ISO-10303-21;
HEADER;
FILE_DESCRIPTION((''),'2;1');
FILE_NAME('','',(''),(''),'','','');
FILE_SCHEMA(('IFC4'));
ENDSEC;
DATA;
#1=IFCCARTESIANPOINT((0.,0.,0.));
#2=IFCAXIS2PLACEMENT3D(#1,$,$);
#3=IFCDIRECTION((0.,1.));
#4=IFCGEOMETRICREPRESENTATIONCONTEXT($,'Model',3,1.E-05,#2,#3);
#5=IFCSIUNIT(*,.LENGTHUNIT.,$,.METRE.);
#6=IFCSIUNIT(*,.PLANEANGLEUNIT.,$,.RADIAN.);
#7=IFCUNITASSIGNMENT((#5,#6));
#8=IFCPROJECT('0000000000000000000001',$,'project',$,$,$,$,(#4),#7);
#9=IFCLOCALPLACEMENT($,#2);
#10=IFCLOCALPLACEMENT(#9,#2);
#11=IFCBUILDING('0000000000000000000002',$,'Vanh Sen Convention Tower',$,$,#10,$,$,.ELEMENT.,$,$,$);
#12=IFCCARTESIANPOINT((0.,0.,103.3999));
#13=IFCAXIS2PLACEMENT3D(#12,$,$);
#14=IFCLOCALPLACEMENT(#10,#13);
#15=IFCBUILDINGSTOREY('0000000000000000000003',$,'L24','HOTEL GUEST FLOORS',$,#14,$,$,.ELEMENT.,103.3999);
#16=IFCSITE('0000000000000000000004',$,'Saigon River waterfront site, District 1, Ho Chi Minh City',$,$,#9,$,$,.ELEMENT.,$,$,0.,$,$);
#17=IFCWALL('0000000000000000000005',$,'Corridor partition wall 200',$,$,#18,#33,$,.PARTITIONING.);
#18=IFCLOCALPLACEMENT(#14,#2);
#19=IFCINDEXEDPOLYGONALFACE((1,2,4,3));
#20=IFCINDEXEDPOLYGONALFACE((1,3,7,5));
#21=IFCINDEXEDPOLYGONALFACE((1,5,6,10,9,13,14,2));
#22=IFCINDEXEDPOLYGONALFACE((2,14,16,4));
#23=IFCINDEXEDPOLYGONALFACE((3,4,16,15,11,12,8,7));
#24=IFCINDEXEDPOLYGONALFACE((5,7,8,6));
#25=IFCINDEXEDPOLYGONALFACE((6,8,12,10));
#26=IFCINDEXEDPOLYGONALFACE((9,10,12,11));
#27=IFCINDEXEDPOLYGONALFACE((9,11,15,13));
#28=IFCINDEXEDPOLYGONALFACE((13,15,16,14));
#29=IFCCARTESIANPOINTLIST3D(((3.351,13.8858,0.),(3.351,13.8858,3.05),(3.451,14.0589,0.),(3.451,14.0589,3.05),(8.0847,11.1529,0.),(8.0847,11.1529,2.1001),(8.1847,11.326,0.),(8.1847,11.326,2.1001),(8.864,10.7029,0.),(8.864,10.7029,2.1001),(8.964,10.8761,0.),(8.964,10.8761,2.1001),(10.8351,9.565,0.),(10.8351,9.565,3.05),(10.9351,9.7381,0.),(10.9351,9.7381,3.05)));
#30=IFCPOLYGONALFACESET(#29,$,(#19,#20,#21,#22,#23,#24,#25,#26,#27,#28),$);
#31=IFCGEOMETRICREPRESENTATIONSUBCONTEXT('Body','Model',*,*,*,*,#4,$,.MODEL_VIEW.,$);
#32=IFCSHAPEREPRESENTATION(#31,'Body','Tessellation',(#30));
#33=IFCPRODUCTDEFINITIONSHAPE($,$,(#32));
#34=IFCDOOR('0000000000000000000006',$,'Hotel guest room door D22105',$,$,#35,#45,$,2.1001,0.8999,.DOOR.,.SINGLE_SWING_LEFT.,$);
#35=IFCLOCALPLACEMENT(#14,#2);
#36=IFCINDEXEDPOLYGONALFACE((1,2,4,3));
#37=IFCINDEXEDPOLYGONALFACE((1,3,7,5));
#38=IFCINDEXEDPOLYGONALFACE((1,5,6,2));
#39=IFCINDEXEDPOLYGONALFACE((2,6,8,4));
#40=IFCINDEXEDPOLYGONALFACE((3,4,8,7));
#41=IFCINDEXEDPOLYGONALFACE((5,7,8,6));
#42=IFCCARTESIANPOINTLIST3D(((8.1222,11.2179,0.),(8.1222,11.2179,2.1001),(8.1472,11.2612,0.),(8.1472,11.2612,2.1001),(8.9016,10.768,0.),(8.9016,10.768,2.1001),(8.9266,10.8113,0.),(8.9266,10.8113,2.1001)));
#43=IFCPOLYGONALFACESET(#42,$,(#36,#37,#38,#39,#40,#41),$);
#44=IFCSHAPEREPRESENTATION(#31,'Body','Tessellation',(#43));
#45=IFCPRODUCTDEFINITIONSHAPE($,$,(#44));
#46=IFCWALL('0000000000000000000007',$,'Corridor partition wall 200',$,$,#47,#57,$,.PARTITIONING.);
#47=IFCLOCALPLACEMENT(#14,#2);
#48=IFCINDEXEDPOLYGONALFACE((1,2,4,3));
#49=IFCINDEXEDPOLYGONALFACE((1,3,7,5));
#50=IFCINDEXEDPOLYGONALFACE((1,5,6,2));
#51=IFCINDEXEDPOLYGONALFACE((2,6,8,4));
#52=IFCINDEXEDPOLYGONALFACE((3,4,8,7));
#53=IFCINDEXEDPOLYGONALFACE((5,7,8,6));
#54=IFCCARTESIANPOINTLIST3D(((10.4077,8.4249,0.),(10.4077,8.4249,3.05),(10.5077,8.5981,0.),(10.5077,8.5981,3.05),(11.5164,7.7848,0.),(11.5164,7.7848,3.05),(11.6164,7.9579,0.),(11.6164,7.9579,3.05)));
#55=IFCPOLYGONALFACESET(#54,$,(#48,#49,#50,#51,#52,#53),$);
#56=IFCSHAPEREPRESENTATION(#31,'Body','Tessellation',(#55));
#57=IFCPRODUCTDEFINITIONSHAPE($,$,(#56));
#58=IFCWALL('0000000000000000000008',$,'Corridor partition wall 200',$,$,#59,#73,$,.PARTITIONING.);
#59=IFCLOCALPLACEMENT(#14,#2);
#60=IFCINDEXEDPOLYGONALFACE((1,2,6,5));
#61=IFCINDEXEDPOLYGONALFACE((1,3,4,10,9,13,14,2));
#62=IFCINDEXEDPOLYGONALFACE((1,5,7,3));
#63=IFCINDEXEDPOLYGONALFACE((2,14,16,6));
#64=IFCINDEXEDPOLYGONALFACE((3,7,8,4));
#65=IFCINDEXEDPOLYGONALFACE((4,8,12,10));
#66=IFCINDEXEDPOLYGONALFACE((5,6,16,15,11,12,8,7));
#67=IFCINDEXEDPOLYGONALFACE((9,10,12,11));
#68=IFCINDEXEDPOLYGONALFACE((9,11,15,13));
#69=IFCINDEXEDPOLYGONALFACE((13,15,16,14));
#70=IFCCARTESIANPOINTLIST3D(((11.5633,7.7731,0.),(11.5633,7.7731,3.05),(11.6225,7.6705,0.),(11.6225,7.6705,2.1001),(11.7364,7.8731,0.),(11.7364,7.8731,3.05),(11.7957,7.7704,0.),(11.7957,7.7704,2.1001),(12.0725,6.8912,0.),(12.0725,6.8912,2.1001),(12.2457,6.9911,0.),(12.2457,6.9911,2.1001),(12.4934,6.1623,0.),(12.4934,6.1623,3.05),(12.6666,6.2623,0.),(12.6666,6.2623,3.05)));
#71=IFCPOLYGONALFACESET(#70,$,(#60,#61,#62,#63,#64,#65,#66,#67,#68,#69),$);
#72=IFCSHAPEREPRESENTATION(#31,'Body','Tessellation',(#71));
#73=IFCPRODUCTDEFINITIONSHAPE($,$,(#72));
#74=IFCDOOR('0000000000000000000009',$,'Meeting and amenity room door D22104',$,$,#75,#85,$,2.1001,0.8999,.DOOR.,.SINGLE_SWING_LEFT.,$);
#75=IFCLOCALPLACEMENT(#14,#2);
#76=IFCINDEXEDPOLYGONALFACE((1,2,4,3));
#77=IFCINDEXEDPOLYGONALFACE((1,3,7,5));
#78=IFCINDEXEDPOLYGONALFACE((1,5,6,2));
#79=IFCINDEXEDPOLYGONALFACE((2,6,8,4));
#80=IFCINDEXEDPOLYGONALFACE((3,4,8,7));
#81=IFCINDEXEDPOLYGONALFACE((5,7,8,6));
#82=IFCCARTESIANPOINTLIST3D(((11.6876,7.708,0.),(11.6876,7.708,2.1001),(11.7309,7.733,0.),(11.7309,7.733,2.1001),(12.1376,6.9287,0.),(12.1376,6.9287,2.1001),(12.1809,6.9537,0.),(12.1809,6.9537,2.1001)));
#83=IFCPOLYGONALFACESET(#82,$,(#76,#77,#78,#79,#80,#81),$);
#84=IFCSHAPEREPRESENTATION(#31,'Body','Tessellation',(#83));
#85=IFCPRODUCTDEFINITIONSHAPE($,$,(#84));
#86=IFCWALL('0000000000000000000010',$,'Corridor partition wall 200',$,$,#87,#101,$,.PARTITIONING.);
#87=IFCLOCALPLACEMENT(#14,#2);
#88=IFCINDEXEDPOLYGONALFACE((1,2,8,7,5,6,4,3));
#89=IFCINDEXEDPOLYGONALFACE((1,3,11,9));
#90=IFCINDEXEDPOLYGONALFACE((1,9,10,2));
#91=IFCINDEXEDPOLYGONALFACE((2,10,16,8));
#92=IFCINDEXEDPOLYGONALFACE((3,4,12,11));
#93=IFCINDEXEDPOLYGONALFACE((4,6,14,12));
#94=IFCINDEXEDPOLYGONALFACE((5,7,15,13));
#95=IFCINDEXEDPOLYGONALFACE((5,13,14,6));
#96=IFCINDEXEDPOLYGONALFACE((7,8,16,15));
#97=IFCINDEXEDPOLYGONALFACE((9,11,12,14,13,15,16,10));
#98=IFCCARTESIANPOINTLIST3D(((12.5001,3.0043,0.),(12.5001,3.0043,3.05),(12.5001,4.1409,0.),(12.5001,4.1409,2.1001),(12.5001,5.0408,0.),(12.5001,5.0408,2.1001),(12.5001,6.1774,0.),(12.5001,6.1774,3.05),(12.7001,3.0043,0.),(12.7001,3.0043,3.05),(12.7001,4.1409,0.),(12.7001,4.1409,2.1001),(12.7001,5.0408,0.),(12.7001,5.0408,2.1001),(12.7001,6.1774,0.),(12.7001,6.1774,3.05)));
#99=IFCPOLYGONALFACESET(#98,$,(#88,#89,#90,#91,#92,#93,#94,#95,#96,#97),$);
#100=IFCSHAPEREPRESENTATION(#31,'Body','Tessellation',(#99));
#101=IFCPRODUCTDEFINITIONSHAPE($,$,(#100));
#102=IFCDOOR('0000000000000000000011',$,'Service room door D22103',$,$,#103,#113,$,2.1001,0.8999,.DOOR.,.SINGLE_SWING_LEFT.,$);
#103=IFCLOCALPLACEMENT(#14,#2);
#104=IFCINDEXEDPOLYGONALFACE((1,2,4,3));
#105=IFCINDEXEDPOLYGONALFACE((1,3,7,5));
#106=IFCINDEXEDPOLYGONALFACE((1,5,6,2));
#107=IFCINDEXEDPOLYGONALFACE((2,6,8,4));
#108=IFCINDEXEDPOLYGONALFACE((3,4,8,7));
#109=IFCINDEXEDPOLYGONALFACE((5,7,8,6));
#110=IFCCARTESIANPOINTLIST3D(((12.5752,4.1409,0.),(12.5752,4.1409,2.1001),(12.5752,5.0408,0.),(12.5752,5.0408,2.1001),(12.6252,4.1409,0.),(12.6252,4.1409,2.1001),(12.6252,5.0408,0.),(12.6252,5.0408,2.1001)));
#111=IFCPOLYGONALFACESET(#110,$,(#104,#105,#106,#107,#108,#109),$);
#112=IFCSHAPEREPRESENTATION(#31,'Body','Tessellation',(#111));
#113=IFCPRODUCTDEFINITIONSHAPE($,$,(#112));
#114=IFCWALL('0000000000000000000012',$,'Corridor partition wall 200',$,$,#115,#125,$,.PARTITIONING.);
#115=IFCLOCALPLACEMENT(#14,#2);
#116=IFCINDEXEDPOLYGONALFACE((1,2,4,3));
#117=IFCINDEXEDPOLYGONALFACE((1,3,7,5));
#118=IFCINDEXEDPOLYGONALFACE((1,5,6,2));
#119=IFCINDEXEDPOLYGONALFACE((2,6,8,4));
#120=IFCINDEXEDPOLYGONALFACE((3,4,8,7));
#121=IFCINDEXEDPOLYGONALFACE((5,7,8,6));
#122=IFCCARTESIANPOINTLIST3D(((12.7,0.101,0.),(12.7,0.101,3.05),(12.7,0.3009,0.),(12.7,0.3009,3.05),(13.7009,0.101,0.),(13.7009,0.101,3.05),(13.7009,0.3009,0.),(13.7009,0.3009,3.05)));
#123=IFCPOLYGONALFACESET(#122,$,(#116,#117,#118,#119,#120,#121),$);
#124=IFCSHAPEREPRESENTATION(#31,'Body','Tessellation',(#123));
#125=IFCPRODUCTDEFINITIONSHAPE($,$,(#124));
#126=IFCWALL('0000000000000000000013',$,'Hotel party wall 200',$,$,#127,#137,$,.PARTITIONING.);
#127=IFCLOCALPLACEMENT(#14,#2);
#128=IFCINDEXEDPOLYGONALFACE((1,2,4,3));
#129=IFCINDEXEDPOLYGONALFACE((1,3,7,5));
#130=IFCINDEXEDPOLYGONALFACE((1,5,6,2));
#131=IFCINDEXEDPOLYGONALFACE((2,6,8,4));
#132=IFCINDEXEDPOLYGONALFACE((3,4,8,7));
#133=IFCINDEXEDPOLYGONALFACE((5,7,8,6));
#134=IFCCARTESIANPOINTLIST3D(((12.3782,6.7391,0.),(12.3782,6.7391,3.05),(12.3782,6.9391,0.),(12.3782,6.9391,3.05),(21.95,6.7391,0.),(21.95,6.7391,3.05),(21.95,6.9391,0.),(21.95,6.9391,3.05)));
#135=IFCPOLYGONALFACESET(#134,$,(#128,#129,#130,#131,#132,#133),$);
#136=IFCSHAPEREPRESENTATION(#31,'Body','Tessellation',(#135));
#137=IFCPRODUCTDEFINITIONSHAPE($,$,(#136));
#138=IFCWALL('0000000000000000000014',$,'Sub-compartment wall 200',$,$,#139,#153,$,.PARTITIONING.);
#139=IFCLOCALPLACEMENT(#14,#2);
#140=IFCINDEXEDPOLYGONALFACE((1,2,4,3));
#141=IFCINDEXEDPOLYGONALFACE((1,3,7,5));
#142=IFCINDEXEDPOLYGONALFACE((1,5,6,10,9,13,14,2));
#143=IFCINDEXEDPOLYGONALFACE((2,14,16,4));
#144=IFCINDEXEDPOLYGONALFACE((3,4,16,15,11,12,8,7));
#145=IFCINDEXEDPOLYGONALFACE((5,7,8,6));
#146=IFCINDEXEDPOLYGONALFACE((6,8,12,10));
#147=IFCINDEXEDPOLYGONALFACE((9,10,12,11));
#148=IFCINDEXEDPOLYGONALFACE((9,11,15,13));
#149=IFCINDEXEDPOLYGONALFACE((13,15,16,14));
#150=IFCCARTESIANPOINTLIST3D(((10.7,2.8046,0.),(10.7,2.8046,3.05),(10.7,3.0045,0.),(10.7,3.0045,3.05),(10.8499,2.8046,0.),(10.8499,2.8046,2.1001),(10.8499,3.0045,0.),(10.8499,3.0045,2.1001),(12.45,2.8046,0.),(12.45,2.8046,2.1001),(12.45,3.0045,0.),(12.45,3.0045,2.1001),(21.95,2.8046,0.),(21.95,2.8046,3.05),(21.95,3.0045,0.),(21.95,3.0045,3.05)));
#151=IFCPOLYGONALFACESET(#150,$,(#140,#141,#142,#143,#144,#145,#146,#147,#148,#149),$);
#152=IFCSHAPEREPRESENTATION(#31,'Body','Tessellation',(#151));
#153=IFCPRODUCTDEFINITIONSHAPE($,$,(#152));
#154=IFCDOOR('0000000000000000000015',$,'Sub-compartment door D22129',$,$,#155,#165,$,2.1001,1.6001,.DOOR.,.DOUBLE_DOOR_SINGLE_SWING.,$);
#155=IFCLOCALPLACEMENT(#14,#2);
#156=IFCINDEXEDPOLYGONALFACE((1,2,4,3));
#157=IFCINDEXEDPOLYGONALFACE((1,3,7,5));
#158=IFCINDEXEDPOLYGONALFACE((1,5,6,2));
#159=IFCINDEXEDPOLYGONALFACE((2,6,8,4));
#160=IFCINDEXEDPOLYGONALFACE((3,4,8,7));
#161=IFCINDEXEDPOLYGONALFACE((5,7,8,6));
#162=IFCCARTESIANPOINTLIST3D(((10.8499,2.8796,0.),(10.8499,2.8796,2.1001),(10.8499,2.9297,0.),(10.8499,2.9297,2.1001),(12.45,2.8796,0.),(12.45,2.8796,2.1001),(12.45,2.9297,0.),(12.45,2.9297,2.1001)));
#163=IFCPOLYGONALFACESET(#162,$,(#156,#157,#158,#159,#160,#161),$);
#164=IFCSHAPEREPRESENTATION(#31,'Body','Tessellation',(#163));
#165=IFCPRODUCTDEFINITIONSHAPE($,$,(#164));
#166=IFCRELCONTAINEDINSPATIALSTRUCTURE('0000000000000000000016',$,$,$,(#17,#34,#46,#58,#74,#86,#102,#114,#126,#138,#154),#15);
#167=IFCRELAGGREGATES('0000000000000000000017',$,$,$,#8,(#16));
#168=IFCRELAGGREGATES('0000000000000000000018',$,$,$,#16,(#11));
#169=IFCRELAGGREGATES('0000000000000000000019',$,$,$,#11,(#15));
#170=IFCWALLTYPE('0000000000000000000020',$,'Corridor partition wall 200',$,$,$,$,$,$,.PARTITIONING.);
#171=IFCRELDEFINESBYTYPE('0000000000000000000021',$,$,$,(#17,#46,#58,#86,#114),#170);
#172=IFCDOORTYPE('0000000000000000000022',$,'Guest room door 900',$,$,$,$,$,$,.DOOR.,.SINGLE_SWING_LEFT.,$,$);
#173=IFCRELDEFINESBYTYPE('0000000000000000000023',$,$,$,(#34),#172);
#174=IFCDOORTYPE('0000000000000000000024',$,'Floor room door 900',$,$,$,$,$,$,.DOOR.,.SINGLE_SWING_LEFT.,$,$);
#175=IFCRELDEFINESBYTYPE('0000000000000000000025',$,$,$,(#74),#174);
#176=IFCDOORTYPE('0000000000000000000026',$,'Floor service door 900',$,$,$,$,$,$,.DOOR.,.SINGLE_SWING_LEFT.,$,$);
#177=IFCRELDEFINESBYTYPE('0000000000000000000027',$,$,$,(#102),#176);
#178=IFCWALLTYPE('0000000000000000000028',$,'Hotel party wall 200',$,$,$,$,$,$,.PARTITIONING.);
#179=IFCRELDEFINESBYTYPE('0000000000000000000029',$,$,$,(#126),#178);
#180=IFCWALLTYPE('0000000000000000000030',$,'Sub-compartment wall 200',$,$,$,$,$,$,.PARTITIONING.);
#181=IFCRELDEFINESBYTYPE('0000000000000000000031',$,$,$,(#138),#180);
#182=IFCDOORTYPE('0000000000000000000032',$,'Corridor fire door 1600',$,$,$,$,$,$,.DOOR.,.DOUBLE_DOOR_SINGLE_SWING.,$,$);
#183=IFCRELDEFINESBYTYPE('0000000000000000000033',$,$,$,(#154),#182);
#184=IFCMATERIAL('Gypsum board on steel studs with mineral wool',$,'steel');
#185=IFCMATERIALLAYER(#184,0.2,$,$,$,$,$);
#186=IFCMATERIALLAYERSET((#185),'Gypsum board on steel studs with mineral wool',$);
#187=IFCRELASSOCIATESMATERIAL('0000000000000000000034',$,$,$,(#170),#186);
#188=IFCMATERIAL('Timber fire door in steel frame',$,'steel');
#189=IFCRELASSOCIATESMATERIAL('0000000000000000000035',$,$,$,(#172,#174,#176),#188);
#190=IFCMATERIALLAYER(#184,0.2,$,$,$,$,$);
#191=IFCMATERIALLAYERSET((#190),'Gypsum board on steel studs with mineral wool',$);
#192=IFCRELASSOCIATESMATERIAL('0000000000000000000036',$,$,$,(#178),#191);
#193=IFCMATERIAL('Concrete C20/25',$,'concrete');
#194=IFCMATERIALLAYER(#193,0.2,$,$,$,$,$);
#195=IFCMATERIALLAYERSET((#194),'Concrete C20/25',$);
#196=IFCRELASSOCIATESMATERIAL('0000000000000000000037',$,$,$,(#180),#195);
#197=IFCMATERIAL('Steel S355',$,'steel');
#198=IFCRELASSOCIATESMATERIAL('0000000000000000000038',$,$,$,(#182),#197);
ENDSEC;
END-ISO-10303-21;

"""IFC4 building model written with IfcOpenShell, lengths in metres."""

from ifc_helpers import new_model, si_unit, direction, frame, frame_2d, origin, place, context, subcontext, project, spatial, rectangle, extrude, material, layer, layer_set, type_object, element, fill, save


model = new_model("IFC4")

# Units and contexts
model_context = context("Model", 3, precision=1e-05, world=origin(), true_north=direction((0.0, 1.0)))
body_context = subcontext(model_context, "Body", "Model", "MODEL_VIEW")
ifc_project = project(units=[si_unit("LENGTHUNIT", "METRE"), si_unit("PLANEANGLEUNIT", "RADIAN")], contexts=[model_context])

# Site, building, storey
site_placement = place(None, origin())
site = spatial("IfcSite", under=ifc_project, at=site_placement, Name="Saigon River waterfront site, District 1, Ho Chi Minh City", CompositionType="ELEMENT", RefElevation=0.0)
building_placement = place(site_placement, origin())
building = spatial("IfcBuilding", under=site, at=building_placement, Name="Vanh Sen Convention Tower", CompositionType="ELEMENT")
storey_placement = place(building_placement, frame((0.0, 0.0, 103.3999)))
storey = spatial("IfcBuildingStorey", under=building, at=storey_placement, Name="L24", Description="HOTEL GUEST FLOORS", CompositionType="ELEMENT", Elevation=103.3999)

# Wall, opening, door
ifc_material_1 = material(Name="Gypsum board on steel studs with mineral wool", Category="steel")
ifc_layer_1 = layer(ifc_material_1, 0.2)
ifc_layer_set_1 = layer_set([ifc_layer_1], Name="Gypsum board on steel studs with mineral wool")
wall_type_1 = type_object("IfcWallType", Name="Corridor partition wall 200", PredefinedType="PARTITIONING", material=ifc_layer_set_1)
wall_1_placement = place(storey_placement, frame((10.885, 9.6516, 0.0), z_axis=(0.0, 0.0, 1.0), x_axis=(-0.866034, 0.499986, 0.0)))
wall_1 = element("IfcWall", 1, at=wall_1_placement, inside=storey, type_object=wall_type_1, Name="Corridor partition wall 200", PredefinedType="PARTITIONING", context=body_context, shape_type="SweptSolid", body=[
    extrude(rectangle(XDim=8.6418, YDim=0.2, at=frame_2d((4.3208, 0.0))), origin(), (0.0, 0.0, 1.0), 3.05),
])
opening_1_placement = place(wall_1_placement, frame((2.2759, 0.0, 0.0)))
opening_1 = element("IfcOpeningElement", 2, at=opening_1_placement, cuts=wall_1, PredefinedType="OPENING", context=body_context, shape_type="SweptSolid", body=[
    extrude(rectangle(XDim=0.8999, YDim=2.1001, at=frame_2d((0.45, 1.05))), frame((0.0, 0.1099, 0.0), z_axis=(0.0, -1.0, 0.0), x_axis=(1.0, 0.0, 0.0)), (0.0, 0.0, 1.0), 0.22),
])
ifc_material_2 = material(Name="Timber fire door in steel frame", Category="steel")
door_type_1 = type_object("IfcDoorType", Name="Guest room door 900", OperationType="SINGLE_SWING_LEFT", PredefinedType="DOOR", material=ifc_material_2)
door_1_placement = place(opening_1_placement, origin())
door_1 = element("IfcDoor", 3, at=door_1_placement, inside=storey, type_object=door_type_1, Name="Hotel guest room door D22105", OperationType="SINGLE_SWING_LEFT", OverallHeight=2.1001, OverallWidth=0.8999, PredefinedType="DOOR", context=body_context, shape_type="SweptSolid", body=[
    extrude(rectangle(XDim=0.8999, YDim=2.1001, at=frame_2d((0.45, 1.05))), frame((0.0, 0.0249, 0.0), z_axis=(0.0, -1.0, 0.0), x_axis=(1.0, 0.0, 0.0)), (0.0, 0.0, 1.0), 0.05),
])
fill(opening_1, door_1)

# Wall
wall_2_placement = place(storey_placement, frame((11.5664, 7.8713, 0.0), z_axis=(0.0, 0.0, 1.0), x_axis=(-0.866005, 0.500036, 0.0)))
element("IfcWall", 4, at=wall_2_placement, inside=storey, type_object=wall_type_1, Name="Corridor partition wall 200", PredefinedType="PARTITIONING", context=body_context, shape_type="SweptSolid", body=[
    extrude(rectangle(XDim=1.2803, YDim=0.2, at=frame_2d((0.6401, 0.0))), origin(), (0.0, 0.0, 1.0), 3.05),
])

# Walls, openings, doors
wall_3_placement = place(storey_placement, frame((12.5801, 6.2122, 0.0), z_axis=(0.0, 0.0, 1.0), x_axis=(-0.500063, 0.865989, 0.0)))
wall_3 = element("IfcWall", 5, at=wall_3_placement, inside=storey, type_object=wall_type_1, Name="Corridor partition wall 200", PredefinedType="PARTITIONING", context=body_context, shape_type="SweptSolid", body=[
    extrude(rectangle(XDim=1.8601, YDim=0.2, at=frame_2d((0.9302, 0.0))), origin(), (0.0, 0.0, 1.0), 3.05),
])
opening_2_placement = place(wall_3_placement, frame((0.8418, 0.0, 0.0)))
opening_2 = element("IfcOpeningElement", 6, at=opening_2_placement, cuts=wall_3, PredefinedType="OPENING", context=body_context, shape_type="SweptSolid", body=[
    extrude(rectangle(XDim=0.8999, YDim=2.1001, at=frame_2d((0.45, 1.05))), frame((0.0, 0.1099, 0.0), z_axis=(0.0, -1.0, 0.0), x_axis=(1.0, 0.0, 0.0)), (0.0, 0.0, 1.0), 0.22),
])
door_type_2 = type_object("IfcDoorType", Name="Floor room door 900", OperationType="SINGLE_SWING_LEFT", PredefinedType="DOOR", material=ifc_material_2)
door_2_placement = place(opening_2_placement, origin())
door_2 = element("IfcDoor", 7, at=door_2_placement, inside=storey, type_object=door_type_2, Name="Meeting and amenity room door D22104", OperationType="SINGLE_SWING_LEFT", OverallHeight=2.1001, OverallWidth=0.8999, PredefinedType="DOOR", context=body_context, shape_type="SweptSolid", body=[
    extrude(rectangle(XDim=0.8999, YDim=2.1001, at=frame_2d((0.45, 1.05))), frame((0.0, 0.0249, 0.0), z_axis=(0.0, -1.0, 0.0), x_axis=(1.0, 0.0, 0.0)), (0.0, 0.0, 1.0), 0.05),
])
fill(opening_2, door_2)
wall_4_placement = place(storey_placement, frame((12.6001, 3.0044, 0.0), z_axis=(0.0, 0.0, 1.0), x_axis=(0.0, 1.0, 0.0)))
wall_4 = element("IfcWall", 8, at=wall_4_placement, inside=storey, type_object=wall_type_1, Name="Corridor partition wall 200", PredefinedType="PARTITIONING", context=body_context, shape_type="SweptSolid", body=[
    extrude(rectangle(XDim=3.1731, YDim=0.2, at=frame_2d((1.5864, 0.0))), origin(), (0.0, 0.0, 1.0), 3.05),
])
opening_3_placement = place(wall_4_placement, frame((1.1365, 0.0, 0.0)))
opening_3 = element("IfcOpeningElement", 9, at=opening_3_placement, cuts=wall_4, PredefinedType="OPENING", context=body_context, shape_type="SweptSolid", body=[
    extrude(rectangle(XDim=0.8999, YDim=2.1001, at=frame_2d((0.45, 1.05))), frame((0.0, 0.1099, 0.0), z_axis=(0.0, -1.0, 0.0), x_axis=(1.0, 0.0, 0.0)), (0.0, 0.0, 1.0), 0.22),
])
door_type_3 = type_object("IfcDoorType", Name="Floor service door 900", OperationType="SINGLE_SWING_LEFT", PredefinedType="DOOR", material=ifc_material_2)
door_3_placement = place(opening_3_placement, origin())
door_3 = element("IfcDoor", 10, at=door_3_placement, inside=storey, type_object=door_type_3, Name="Service room door D22103", OperationType="SINGLE_SWING_LEFT", OverallHeight=2.1001, OverallWidth=0.8999, PredefinedType="DOOR", context=body_context, shape_type="SweptSolid", body=[
    extrude(rectangle(XDim=0.8999, YDim=2.1001, at=frame_2d((0.45, 1.05))), frame((0.0, 0.0249, 0.0), z_axis=(0.0, -1.0, 0.0), x_axis=(1.0, 0.0, 0.0)), (0.0, 0.0, 1.0), 0.05),
])
fill(opening_3, door_3)

# Walls
wall_5_placement = place(storey_placement, frame((13.7009, 0.2009, 0.0), z_axis=(0.0, 0.0, 1.0), x_axis=(-1.0, 0.0, 0.0)))
element("IfcWall", 11, at=wall_5_placement, inside=storey, type_object=wall_type_1, Name="Corridor partition wall 200", PredefinedType="PARTITIONING", context=body_context, shape_type="SweptSolid", body=[
    extrude(rectangle(XDim=1.001, YDim=0.2, at=frame_2d((0.5005, 0.0))), origin(), (0.0, 0.0, 1.0), 3.05),
])
ifc_layer_2 = layer(ifc_material_1, 0.2)
ifc_layer_set_2 = layer_set([ifc_layer_2], Name="Gypsum board on steel studs with mineral wool")
wall_type_2 = type_object("IfcWallType", Name="Hotel party wall 200", PredefinedType="PARTITIONING", material=ifc_layer_set_2)
wall_6_placement = place(storey_placement, frame((21.95, 6.8391, 0.0), z_axis=(0.0, 0.0, 1.0), x_axis=(-1.0, 0.0, 0.0)))
element("IfcWall", 12, at=wall_6_placement, inside=storey, type_object=wall_type_2, Name="Hotel party wall 200", PredefinedType="PARTITIONING", context=body_context, shape_type="SweptSolid", body=[
    extrude(rectangle(XDim=9.5718, YDim=0.2, at=frame_2d((4.7859, 0.0))), origin(), (0.0, 0.0, 1.0), 3.05),
])

# Wall, opening, door
ifc_material_3 = material(Name="Concrete C20/25", Category="concrete")
ifc_layer_3 = layer(ifc_material_3, 0.2)
ifc_layer_set_3 = layer_set([ifc_layer_3], Name="Concrete C20/25")
wall_type_3 = type_object("IfcWallType", Name="Sub-compartment wall 200", PredefinedType="PARTITIONING", material=ifc_layer_set_3)
wall_7_placement = place(storey_placement, frame((21.95, 2.9045, 0.0), z_axis=(0.0, 0.0, 1.0), x_axis=(-1.0, 0.0, 0.0)))
wall_7 = element("IfcWall", 13, at=wall_7_placement, inside=storey, type_object=wall_type_3, Name="Sub-compartment wall 200", PredefinedType="PARTITIONING", context=body_context, shape_type="SweptSolid", body=[
    extrude(rectangle(XDim=11.25, YDim=0.2, at=frame_2d((5.625, 0.0))), origin(), (0.0, 0.0, 1.0), 3.05),
])
opening_4_placement = place(wall_7_placement, frame((9.5, 0.0, 0.0)))
opening_4 = element("IfcOpeningElement", 14, at=opening_4_placement, cuts=wall_7, PredefinedType="OPENING", context=body_context, shape_type="SweptSolid", body=[
    extrude(rectangle(XDim=1.6001, YDim=2.1001, at=frame_2d((0.8, 1.05))), frame((0.0, 0.1099, 0.0), z_axis=(0.0, -1.0, 0.0), x_axis=(1.0, 0.0, 0.0)), (0.0, 0.0, 1.0), 0.22),
])
ifc_material_4 = material(Name="Steel S355", Category="steel")
door_type_4 = type_object("IfcDoorType", Name="Corridor fire door 1600", OperationType="DOUBLE_DOOR_SINGLE_SWING", PredefinedType="DOOR", material=ifc_material_4)
door_4_placement = place(opening_4_placement, origin())
door_4 = element("IfcDoor", 15, at=door_4_placement, inside=storey, type_object=door_type_4, Name="Sub-compartment door D22129", OperationType="DOUBLE_DOOR_SINGLE_SWING", OverallHeight=2.1001, OverallWidth=1.6001, PredefinedType="DOOR", context=body_context, shape_type="SweptSolid", body=[
    extrude(rectangle(XDim=1.6001, YDim=2.1001, at=frame_2d((0.8, 1.05))), frame((0.0, 0.0249, 0.0), z_axis=(0.0, -1.0, 0.0), x_axis=(1.0, 0.0, 0.0)), (0.0, 0.0, 1.0), 0.05),
])
fill(opening_4, door_4)

save(model, "model.ifc")
